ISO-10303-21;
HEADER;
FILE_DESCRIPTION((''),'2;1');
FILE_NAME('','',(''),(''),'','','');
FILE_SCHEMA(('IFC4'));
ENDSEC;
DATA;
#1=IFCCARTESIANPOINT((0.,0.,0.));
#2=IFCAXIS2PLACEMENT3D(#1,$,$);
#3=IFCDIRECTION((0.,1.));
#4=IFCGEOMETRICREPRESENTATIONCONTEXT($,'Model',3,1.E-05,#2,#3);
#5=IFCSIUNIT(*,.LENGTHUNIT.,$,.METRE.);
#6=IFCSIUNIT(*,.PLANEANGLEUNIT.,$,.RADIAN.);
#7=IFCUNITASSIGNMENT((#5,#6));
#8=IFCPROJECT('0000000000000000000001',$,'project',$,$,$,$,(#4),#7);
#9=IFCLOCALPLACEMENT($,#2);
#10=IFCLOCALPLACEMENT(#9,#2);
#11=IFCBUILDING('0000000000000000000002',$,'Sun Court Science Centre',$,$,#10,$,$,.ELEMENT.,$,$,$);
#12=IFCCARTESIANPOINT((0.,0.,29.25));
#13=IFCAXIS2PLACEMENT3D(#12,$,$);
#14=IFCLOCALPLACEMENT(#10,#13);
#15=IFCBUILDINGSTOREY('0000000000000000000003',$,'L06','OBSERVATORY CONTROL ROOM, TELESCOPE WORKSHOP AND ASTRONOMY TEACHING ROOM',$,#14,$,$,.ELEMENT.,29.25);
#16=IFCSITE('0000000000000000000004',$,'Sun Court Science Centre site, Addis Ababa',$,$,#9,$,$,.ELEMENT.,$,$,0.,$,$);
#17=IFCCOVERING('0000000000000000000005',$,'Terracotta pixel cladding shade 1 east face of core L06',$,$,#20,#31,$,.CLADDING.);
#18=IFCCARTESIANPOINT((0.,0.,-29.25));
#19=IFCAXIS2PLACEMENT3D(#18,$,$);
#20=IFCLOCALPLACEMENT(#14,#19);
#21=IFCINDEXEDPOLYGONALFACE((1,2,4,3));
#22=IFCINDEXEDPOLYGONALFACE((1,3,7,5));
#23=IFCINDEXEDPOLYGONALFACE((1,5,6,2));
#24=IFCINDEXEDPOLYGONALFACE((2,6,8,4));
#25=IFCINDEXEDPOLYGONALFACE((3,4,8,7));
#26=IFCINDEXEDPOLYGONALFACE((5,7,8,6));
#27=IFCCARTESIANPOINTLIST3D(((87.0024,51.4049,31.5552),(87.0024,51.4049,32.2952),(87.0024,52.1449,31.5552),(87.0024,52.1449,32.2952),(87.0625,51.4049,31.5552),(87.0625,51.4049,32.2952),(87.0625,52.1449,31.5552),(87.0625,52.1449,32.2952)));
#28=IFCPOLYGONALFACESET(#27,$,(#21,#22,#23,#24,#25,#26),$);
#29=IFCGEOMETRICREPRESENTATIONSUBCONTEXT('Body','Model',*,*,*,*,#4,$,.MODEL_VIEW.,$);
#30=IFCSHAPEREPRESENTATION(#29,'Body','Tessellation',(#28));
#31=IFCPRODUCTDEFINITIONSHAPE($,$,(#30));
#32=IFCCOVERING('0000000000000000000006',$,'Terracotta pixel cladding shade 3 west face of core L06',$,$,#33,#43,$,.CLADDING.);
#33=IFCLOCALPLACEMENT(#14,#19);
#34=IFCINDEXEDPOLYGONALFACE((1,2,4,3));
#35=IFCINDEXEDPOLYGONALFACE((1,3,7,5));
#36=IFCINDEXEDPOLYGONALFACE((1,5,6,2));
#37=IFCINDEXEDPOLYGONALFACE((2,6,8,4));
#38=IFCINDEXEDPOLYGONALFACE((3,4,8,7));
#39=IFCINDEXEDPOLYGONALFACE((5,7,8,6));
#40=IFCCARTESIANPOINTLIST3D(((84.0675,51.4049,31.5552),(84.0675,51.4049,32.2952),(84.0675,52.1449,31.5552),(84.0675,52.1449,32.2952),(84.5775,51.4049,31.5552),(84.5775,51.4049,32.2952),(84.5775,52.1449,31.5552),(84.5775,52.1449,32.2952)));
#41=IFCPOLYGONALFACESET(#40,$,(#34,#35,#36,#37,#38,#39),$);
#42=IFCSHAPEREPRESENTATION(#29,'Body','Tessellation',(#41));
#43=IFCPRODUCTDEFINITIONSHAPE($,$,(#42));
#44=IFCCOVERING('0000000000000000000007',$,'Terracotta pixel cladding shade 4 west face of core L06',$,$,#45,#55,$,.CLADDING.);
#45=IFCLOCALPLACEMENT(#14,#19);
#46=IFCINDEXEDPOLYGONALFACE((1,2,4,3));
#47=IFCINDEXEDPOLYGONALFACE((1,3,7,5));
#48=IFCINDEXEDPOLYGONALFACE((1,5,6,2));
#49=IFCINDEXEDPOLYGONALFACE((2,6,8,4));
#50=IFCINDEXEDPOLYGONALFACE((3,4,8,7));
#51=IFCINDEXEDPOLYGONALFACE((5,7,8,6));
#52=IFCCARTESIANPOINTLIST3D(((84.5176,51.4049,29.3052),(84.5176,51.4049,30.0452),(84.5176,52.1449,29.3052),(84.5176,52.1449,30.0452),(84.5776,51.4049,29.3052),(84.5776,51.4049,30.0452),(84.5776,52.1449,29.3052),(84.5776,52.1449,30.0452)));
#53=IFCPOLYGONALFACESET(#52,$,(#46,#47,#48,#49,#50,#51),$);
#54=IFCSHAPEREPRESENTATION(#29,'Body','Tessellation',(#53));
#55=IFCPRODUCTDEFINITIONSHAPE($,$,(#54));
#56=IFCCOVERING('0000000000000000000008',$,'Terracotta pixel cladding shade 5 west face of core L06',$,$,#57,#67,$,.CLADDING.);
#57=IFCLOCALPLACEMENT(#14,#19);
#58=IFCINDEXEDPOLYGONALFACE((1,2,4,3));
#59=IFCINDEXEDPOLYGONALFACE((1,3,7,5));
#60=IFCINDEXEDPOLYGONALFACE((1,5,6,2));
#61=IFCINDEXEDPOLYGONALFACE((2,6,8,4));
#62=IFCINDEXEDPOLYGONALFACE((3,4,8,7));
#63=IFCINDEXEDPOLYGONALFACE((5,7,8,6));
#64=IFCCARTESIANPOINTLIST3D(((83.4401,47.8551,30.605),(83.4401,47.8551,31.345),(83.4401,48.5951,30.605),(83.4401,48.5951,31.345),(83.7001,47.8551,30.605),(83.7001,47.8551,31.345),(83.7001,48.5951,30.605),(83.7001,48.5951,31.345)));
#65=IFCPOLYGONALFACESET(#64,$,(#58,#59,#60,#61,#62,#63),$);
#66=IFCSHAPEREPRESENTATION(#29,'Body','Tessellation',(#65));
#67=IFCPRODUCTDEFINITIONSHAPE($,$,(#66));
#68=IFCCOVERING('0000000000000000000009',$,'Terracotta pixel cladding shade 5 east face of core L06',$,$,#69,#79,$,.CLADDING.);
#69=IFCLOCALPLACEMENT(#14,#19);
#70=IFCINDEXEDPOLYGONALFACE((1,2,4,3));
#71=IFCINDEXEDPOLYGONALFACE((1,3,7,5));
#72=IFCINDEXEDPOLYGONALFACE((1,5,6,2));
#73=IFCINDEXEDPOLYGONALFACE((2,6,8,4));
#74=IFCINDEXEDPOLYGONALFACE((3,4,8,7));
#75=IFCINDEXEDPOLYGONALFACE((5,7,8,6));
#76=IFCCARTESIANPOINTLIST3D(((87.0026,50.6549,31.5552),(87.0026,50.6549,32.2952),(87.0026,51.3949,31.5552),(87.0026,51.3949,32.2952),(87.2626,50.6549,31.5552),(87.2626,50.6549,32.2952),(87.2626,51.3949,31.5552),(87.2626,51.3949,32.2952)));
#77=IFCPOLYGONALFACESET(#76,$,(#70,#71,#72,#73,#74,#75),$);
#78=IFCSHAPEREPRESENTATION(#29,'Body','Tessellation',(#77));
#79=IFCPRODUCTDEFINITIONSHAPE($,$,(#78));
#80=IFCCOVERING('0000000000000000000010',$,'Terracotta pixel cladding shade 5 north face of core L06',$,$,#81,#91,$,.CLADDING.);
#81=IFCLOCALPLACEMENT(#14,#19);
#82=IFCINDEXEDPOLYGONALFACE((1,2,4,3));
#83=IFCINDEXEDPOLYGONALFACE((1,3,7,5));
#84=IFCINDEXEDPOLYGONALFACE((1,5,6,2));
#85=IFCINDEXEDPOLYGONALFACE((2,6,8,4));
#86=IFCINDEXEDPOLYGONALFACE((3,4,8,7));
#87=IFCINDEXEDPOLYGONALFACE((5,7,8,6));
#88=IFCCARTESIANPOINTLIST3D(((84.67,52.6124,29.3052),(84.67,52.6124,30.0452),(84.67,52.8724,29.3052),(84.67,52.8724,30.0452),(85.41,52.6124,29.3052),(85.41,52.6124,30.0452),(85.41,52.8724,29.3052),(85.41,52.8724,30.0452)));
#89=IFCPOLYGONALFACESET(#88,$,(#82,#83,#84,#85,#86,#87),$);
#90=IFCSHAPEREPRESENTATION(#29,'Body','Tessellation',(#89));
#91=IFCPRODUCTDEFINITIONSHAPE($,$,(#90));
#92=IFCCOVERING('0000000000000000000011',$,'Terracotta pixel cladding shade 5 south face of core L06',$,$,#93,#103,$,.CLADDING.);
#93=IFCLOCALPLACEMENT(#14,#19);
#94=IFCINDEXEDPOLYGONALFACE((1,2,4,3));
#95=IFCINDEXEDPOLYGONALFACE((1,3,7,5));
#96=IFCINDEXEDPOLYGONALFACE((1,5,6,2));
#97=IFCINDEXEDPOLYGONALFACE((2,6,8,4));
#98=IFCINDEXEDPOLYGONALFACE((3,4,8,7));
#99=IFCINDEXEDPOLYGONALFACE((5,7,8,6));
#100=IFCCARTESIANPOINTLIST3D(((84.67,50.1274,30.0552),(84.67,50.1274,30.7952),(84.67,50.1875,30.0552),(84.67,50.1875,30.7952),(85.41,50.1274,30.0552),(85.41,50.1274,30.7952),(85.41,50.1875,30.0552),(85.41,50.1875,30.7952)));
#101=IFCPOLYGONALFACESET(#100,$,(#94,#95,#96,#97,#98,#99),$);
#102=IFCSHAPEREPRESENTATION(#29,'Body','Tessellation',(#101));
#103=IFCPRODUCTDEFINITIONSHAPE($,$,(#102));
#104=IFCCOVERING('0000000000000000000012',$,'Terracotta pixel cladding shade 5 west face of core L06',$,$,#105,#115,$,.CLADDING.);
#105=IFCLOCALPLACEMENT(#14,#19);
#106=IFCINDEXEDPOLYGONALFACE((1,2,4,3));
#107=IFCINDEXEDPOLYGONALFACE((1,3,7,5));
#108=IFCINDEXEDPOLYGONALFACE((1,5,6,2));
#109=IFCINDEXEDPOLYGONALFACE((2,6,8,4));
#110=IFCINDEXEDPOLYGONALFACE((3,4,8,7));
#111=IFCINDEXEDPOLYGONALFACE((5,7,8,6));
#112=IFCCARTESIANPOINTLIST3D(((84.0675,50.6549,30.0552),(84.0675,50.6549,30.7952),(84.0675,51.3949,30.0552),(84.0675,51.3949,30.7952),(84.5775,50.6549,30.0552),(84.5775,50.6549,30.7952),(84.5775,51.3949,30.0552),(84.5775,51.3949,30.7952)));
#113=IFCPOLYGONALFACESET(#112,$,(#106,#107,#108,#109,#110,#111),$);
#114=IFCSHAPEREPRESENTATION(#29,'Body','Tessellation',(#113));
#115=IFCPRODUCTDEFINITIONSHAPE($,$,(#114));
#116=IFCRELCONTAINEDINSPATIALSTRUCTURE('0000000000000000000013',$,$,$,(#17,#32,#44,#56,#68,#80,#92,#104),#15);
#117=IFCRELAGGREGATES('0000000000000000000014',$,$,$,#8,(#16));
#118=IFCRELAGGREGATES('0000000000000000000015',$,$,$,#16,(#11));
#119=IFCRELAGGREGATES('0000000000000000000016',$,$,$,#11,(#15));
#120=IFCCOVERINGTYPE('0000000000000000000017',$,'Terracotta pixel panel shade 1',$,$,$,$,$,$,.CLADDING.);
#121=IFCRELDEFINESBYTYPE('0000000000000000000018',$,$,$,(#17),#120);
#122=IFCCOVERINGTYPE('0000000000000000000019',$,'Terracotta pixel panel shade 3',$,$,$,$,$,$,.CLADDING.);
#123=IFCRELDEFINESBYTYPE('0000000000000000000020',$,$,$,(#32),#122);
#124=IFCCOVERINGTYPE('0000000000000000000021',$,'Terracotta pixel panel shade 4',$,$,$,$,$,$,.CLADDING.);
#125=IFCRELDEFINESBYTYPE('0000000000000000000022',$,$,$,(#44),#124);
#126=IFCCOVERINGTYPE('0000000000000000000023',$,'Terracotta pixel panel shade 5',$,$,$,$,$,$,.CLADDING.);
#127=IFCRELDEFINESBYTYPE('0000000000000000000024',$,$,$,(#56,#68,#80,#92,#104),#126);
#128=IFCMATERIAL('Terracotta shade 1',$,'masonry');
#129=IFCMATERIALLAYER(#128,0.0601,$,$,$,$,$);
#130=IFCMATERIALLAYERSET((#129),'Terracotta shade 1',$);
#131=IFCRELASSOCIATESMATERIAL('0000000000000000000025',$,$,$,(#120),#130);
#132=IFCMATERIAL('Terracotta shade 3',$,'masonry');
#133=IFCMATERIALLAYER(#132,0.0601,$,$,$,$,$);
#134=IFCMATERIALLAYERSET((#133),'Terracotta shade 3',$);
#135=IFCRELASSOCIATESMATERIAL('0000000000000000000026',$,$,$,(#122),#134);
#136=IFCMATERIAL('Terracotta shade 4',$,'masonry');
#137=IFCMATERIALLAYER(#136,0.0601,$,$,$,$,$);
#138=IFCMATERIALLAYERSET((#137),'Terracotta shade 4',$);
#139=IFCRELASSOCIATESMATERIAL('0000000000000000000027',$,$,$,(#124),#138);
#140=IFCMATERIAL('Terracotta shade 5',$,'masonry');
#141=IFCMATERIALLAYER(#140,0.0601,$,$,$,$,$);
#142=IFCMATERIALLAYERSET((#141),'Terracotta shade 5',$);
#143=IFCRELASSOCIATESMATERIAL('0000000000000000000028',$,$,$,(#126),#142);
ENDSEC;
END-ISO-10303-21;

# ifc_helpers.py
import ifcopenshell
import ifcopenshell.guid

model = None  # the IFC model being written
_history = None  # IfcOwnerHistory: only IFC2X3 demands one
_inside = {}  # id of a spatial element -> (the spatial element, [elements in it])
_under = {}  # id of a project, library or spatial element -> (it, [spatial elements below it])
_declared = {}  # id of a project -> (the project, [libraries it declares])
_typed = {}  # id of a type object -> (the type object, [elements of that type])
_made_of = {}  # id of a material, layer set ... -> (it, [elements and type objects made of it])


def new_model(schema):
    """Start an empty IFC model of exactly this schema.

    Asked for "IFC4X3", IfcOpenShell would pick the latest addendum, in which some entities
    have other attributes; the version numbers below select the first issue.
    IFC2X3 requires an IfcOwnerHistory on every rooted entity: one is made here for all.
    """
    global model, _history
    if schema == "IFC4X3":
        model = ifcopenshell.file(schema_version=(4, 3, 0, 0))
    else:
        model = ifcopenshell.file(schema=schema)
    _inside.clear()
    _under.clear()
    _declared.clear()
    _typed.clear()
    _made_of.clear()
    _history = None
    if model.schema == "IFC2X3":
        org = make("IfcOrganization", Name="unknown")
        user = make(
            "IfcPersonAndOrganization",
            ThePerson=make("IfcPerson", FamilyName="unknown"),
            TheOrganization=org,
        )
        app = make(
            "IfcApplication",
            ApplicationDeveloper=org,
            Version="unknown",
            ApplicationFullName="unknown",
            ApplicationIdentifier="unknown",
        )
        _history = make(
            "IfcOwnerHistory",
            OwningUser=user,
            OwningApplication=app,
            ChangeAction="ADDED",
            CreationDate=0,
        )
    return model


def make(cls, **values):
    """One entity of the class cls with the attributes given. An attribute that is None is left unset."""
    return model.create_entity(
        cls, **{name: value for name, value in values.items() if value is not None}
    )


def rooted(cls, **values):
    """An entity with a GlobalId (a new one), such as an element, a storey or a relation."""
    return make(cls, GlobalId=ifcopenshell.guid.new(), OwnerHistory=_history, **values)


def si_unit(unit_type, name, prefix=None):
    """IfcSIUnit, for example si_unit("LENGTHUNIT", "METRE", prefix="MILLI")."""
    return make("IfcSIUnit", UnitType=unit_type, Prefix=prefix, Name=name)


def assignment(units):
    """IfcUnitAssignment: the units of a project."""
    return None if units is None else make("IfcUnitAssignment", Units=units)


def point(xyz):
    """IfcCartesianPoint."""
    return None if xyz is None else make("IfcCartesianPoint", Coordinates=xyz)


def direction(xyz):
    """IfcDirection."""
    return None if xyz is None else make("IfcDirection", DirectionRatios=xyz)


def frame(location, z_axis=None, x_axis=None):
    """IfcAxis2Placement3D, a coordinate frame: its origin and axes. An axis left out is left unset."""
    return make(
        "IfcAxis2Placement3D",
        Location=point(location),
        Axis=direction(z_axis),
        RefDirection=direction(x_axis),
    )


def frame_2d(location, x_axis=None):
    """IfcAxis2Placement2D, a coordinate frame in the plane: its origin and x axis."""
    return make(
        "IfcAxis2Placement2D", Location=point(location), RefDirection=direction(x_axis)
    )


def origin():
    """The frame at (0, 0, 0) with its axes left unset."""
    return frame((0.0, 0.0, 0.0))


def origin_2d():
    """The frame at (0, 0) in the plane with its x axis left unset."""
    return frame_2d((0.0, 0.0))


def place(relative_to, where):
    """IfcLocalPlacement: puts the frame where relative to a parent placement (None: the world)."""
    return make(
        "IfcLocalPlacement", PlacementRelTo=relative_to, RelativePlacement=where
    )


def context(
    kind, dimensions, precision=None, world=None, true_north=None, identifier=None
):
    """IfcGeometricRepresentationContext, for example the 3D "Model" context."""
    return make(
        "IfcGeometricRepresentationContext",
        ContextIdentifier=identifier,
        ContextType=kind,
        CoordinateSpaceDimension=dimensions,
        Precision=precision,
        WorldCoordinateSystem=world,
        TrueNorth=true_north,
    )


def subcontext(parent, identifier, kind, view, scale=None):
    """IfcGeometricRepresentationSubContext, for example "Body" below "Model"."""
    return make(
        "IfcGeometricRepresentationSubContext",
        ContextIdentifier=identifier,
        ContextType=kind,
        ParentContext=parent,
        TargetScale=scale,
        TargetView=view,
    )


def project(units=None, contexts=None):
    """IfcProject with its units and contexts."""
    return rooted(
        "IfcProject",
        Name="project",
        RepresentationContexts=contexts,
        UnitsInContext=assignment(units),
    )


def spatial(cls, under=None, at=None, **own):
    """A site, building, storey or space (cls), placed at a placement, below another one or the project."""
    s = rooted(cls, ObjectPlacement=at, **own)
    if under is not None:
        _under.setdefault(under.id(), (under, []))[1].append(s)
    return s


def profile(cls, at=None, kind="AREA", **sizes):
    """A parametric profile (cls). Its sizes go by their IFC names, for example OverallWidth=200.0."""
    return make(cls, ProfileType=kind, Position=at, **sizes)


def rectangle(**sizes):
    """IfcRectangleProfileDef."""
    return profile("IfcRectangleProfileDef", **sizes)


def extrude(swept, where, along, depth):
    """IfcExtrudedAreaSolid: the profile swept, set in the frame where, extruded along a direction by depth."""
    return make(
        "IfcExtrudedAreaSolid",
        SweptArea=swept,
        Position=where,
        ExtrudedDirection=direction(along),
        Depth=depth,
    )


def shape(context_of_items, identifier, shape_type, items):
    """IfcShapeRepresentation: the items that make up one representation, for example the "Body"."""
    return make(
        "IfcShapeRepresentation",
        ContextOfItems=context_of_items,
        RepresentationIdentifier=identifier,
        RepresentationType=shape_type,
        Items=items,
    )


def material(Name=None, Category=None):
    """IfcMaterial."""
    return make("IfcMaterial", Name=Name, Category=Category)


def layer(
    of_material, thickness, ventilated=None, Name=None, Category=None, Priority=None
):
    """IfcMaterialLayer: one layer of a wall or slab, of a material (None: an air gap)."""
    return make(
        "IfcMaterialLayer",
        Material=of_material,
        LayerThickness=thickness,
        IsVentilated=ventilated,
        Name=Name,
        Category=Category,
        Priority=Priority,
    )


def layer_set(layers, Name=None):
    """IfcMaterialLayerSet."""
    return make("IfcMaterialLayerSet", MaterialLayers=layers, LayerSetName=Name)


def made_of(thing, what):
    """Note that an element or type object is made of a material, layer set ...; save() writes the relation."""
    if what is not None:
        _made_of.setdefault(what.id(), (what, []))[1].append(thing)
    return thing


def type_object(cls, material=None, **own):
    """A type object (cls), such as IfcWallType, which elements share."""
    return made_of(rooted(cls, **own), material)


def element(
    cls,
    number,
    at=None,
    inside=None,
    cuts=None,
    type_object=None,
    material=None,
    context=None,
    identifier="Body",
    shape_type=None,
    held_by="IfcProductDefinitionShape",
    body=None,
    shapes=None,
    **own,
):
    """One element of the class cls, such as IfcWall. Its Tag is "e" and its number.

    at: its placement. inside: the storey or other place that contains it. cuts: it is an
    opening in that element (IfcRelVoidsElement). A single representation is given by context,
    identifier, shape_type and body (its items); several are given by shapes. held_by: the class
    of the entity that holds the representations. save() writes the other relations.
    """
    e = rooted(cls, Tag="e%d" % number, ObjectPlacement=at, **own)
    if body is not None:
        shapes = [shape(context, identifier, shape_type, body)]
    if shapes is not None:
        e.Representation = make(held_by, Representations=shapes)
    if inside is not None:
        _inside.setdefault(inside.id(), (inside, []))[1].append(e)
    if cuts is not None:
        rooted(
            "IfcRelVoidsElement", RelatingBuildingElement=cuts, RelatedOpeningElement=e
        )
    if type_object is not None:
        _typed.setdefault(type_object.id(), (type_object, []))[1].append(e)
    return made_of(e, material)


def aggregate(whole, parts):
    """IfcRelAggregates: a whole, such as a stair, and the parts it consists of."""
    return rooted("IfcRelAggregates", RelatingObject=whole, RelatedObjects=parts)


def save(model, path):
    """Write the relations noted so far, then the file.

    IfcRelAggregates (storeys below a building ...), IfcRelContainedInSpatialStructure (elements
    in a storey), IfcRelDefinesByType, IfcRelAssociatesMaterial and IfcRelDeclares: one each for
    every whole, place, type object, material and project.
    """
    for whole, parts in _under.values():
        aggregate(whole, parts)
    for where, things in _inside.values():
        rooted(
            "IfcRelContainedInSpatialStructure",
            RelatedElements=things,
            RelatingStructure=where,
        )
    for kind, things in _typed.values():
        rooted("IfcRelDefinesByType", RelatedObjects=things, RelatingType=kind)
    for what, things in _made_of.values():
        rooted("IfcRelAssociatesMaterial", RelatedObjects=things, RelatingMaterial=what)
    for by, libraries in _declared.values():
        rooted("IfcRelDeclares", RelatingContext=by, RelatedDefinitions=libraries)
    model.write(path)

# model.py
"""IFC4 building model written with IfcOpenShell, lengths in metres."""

from ifc_helpers import new_model, si_unit, direction, frame, origin, origin_2d, place, context, subcontext, project, spatial, rectangle, extrude, material, layer, layer_set, type_object, element, save


model = new_model("IFC4")

# Units and contexts
model_context = context("Model", 3, precision=1e-05, world=origin(), true_north=direction((0.0, 1.0)))
body_context = subcontext(model_context, "Body", "Model", "MODEL_VIEW")
ifc_project = project(units=[si_unit("LENGTHUNIT", "METRE"), si_unit("PLANEANGLEUNIT", "RADIAN")], contexts=[model_context])

# Site, building, storey
site_placement = place(None, origin())
site = spatial("IfcSite", under=ifc_project, at=site_placement, Name="Sun Court Science Centre site, Addis Ababa", CompositionType="ELEMENT", RefElevation=0.0)
building_placement = place(site_placement, origin())
building = spatial("IfcBuilding", under=site, at=building_placement, Name="Sun Court Science Centre", CompositionType="ELEMENT")
storey_placement = place(building_placement, frame((0.0, 0.0, 29.25)))
storey = spatial("IfcBuildingStorey", under=building, at=storey_placement, Name="L06", Description="OBSERVATORY CONTROL ROOM, TELESCOPE WORKSHOP AND ASTRONOMY TEACHING ROOM", CompositionType="ELEMENT", Elevation=29.25)

# Coverings
ifc_material_1 = material(Name="Terracotta shade 1", Category="masonry")
ifc_layer_1 = layer(ifc_material_1, 0.0601)
ifc_layer_set_1 = layer_set([ifc_layer_1], Name="Terracotta shade 1")
covering_type_1 = type_object("IfcCoveringType", Name="Terracotta pixel panel shade 1", PredefinedType="CLADDING", material=ifc_layer_set_1)
covering_1_placement = place(storey_placement, frame((0.0, 0.0, -29.25)))
element("IfcCovering", 1, at=covering_1_placement, inside=storey, type_object=covering_type_1, Name="Terracotta pixel cladding shade 1 east face of core L06", PredefinedType="CLADDING", context=body_context, shape_type="SweptSolid", body=[
    extrude(rectangle(XDim=0.74, YDim=0.0601, at=origin_2d()), frame((87.0325, 51.7749, 31.5552), z_axis=(0.0, 0.0, 1.0), x_axis=(0.0, -1.0, 0.0)), (0.0, 0.0, 1.0), 0.74),
])
ifc_material_2 = material(Name="Terracotta shade 3", Category="masonry")
ifc_layer_2 = layer(ifc_material_2, 0.0601)
ifc_layer_set_2 = layer_set([ifc_layer_2], Name="Terracotta shade 3")
covering_type_2 = type_object("IfcCoveringType", Name="Terracotta pixel panel shade 3", PredefinedType="CLADDING", material=ifc_layer_set_2)
covering_2_placement = place(storey_placement, frame((0.0, 0.0, -29.25)))
element("IfcCovering", 2, at=covering_2_placement, inside=storey, type_object=covering_type_2, Name="Terracotta pixel cladding shade 3 west face of core L06", PredefinedType="CLADDING", context=body_context, shape_type="SweptSolid", body=[
    extrude(rectangle(XDim=0.74, YDim=0.51, at=origin_2d()), frame((84.3225, 51.7749, 31.5552), z_axis=(0.0, 0.0, 1.0), x_axis=(0.0, 1.0, 0.0)), (0.0, 0.0, 1.0), 0.74),
])
ifc_material_3 = material(Name="Terracotta shade 4", Category="masonry")
ifc_layer_3 = layer(ifc_material_3, 0.0601)
ifc_layer_set_3 = layer_set([ifc_layer_3], Name="Terracotta shade 4")
covering_type_3 = type_object("IfcCoveringType", Name="Terracotta pixel panel shade 4", PredefinedType="CLADDING", material=ifc_layer_set_3)
covering_3_placement = place(storey_placement, frame((0.0, 0.0, -29.25)))
element("IfcCovering", 3, at=covering_3_placement, inside=storey, type_object=covering_type_3, Name="Terracotta pixel cladding shade 4 west face of core L06", PredefinedType="CLADDING", context=body_context, shape_type="SweptSolid", body=[
    extrude(rectangle(XDim=0.74, YDim=0.0601, at=origin_2d()), frame((84.5476, 51.7749, 29.3052), z_axis=(0.0, 0.0, 1.0), x_axis=(0.0, 1.0, 0.0)), (0.0, 0.0, 1.0), 0.74),
])
ifc_material_4 = material(Name="Terracotta shade 5", Category="masonry")
ifc_layer_4 = layer(ifc_material_4, 0.0601)
ifc_layer_set_4 = layer_set([ifc_layer_4], Name="Terracotta shade 5")
covering_type_4 = type_object("IfcCoveringType", Name="Terracotta pixel panel shade 5", PredefinedType="CLADDING", material=ifc_layer_set_4)
covering_4_placement = place(storey_placement, frame((0.0, 0.0, -29.25)))
element("IfcCovering", 4, at=covering_4_placement, inside=storey, type_object=covering_type_4, Name="Terracotta pixel cladding shade 5 west face of core L06", PredefinedType="CLADDING", context=body_context, shape_type="SweptSolid", body=[
    extrude(rectangle(XDim=0.74, YDim=0.26, at=origin_2d()), frame((83.5701, 48.2251, 30.605), z_axis=(0.0, 0.0, 1.0), x_axis=(0.0, 1.0, 0.0)), (0.0, 0.0, 1.0), 0.74),
])
covering_5_placement = place(storey_placement, frame((0.0, 0.0, -29.25)))
element("IfcCovering", 5, at=covering_5_placement, inside=storey, type_object=covering_type_4, Name="Terracotta pixel cladding shade 5 east face of core L06", PredefinedType="CLADDING", context=body_context, shape_type="SweptSolid", body=[
    extrude(rectangle(XDim=0.74, YDim=0.26, at=origin_2d()), frame((87.1326, 51.0249, 31.5552), z_axis=(0.0, 0.0, 1.0), x_axis=(0.0, -1.0, 0.0)), (0.0, 0.0, 1.0), 0.74),
])
covering_6_placement = place(storey_placement, frame((0.0, 0.0, -29.25)))
element("IfcCovering", 6, at=covering_6_placement, inside=storey, type_object=covering_type_4, Name="Terracotta pixel cladding shade 5 north face of core L06", PredefinedType="CLADDING", context=body_context, shape_type="SweptSolid", body=[
    extrude(rectangle(XDim=0.74, YDim=0.26, at=origin_2d()), frame((85.04, 52.7424, 29.3052), z_axis=(0.0, 0.0, 1.0), x_axis=(1.0, 0.0, 0.0)), (0.0, 0.0, 1.0), 0.74),
])
covering_7_placement = place(storey_placement, frame((0.0, 0.0, -29.25)))
element("IfcCovering", 7, at=covering_7_placement, inside=storey, type_object=covering_type_4, Name="Terracotta pixel cladding shade 5 south face of core L06", PredefinedType="CLADDING", context=body_context, shape_type="SweptSolid", body=[
    extrude(rectangle(XDim=0.74, YDim=0.0601, at=origin_2d()), frame((85.04, 50.1575, 30.0552), z_axis=(0.0, 0.0, 1.0), x_axis=(-1.0, 0.0, 0.0)), (0.0, 0.0, 1.0), 0.74),
])
covering_8_placement = place(storey_placement, frame((0.0, 0.0, -29.25)))
element("IfcCovering", 8, at=covering_8_placement, inside=storey, type_object=covering_type_4, Name="Terracotta pixel cladding shade 5 west face of core L06", PredefinedType="CLADDING", context=body_context, shape_type="SweptSolid", body=[
    extrude(rectangle(XDim=0.74, YDim=0.51, at=origin_2d()), frame((84.3225, 51.0249, 30.0552), z_axis=(0.0, 0.0, 1.0), x_axis=(0.0, 1.0, 0.0)), (0.0, 0.0, 1.0), 0.74),
])

save(model, "model.ifc")
